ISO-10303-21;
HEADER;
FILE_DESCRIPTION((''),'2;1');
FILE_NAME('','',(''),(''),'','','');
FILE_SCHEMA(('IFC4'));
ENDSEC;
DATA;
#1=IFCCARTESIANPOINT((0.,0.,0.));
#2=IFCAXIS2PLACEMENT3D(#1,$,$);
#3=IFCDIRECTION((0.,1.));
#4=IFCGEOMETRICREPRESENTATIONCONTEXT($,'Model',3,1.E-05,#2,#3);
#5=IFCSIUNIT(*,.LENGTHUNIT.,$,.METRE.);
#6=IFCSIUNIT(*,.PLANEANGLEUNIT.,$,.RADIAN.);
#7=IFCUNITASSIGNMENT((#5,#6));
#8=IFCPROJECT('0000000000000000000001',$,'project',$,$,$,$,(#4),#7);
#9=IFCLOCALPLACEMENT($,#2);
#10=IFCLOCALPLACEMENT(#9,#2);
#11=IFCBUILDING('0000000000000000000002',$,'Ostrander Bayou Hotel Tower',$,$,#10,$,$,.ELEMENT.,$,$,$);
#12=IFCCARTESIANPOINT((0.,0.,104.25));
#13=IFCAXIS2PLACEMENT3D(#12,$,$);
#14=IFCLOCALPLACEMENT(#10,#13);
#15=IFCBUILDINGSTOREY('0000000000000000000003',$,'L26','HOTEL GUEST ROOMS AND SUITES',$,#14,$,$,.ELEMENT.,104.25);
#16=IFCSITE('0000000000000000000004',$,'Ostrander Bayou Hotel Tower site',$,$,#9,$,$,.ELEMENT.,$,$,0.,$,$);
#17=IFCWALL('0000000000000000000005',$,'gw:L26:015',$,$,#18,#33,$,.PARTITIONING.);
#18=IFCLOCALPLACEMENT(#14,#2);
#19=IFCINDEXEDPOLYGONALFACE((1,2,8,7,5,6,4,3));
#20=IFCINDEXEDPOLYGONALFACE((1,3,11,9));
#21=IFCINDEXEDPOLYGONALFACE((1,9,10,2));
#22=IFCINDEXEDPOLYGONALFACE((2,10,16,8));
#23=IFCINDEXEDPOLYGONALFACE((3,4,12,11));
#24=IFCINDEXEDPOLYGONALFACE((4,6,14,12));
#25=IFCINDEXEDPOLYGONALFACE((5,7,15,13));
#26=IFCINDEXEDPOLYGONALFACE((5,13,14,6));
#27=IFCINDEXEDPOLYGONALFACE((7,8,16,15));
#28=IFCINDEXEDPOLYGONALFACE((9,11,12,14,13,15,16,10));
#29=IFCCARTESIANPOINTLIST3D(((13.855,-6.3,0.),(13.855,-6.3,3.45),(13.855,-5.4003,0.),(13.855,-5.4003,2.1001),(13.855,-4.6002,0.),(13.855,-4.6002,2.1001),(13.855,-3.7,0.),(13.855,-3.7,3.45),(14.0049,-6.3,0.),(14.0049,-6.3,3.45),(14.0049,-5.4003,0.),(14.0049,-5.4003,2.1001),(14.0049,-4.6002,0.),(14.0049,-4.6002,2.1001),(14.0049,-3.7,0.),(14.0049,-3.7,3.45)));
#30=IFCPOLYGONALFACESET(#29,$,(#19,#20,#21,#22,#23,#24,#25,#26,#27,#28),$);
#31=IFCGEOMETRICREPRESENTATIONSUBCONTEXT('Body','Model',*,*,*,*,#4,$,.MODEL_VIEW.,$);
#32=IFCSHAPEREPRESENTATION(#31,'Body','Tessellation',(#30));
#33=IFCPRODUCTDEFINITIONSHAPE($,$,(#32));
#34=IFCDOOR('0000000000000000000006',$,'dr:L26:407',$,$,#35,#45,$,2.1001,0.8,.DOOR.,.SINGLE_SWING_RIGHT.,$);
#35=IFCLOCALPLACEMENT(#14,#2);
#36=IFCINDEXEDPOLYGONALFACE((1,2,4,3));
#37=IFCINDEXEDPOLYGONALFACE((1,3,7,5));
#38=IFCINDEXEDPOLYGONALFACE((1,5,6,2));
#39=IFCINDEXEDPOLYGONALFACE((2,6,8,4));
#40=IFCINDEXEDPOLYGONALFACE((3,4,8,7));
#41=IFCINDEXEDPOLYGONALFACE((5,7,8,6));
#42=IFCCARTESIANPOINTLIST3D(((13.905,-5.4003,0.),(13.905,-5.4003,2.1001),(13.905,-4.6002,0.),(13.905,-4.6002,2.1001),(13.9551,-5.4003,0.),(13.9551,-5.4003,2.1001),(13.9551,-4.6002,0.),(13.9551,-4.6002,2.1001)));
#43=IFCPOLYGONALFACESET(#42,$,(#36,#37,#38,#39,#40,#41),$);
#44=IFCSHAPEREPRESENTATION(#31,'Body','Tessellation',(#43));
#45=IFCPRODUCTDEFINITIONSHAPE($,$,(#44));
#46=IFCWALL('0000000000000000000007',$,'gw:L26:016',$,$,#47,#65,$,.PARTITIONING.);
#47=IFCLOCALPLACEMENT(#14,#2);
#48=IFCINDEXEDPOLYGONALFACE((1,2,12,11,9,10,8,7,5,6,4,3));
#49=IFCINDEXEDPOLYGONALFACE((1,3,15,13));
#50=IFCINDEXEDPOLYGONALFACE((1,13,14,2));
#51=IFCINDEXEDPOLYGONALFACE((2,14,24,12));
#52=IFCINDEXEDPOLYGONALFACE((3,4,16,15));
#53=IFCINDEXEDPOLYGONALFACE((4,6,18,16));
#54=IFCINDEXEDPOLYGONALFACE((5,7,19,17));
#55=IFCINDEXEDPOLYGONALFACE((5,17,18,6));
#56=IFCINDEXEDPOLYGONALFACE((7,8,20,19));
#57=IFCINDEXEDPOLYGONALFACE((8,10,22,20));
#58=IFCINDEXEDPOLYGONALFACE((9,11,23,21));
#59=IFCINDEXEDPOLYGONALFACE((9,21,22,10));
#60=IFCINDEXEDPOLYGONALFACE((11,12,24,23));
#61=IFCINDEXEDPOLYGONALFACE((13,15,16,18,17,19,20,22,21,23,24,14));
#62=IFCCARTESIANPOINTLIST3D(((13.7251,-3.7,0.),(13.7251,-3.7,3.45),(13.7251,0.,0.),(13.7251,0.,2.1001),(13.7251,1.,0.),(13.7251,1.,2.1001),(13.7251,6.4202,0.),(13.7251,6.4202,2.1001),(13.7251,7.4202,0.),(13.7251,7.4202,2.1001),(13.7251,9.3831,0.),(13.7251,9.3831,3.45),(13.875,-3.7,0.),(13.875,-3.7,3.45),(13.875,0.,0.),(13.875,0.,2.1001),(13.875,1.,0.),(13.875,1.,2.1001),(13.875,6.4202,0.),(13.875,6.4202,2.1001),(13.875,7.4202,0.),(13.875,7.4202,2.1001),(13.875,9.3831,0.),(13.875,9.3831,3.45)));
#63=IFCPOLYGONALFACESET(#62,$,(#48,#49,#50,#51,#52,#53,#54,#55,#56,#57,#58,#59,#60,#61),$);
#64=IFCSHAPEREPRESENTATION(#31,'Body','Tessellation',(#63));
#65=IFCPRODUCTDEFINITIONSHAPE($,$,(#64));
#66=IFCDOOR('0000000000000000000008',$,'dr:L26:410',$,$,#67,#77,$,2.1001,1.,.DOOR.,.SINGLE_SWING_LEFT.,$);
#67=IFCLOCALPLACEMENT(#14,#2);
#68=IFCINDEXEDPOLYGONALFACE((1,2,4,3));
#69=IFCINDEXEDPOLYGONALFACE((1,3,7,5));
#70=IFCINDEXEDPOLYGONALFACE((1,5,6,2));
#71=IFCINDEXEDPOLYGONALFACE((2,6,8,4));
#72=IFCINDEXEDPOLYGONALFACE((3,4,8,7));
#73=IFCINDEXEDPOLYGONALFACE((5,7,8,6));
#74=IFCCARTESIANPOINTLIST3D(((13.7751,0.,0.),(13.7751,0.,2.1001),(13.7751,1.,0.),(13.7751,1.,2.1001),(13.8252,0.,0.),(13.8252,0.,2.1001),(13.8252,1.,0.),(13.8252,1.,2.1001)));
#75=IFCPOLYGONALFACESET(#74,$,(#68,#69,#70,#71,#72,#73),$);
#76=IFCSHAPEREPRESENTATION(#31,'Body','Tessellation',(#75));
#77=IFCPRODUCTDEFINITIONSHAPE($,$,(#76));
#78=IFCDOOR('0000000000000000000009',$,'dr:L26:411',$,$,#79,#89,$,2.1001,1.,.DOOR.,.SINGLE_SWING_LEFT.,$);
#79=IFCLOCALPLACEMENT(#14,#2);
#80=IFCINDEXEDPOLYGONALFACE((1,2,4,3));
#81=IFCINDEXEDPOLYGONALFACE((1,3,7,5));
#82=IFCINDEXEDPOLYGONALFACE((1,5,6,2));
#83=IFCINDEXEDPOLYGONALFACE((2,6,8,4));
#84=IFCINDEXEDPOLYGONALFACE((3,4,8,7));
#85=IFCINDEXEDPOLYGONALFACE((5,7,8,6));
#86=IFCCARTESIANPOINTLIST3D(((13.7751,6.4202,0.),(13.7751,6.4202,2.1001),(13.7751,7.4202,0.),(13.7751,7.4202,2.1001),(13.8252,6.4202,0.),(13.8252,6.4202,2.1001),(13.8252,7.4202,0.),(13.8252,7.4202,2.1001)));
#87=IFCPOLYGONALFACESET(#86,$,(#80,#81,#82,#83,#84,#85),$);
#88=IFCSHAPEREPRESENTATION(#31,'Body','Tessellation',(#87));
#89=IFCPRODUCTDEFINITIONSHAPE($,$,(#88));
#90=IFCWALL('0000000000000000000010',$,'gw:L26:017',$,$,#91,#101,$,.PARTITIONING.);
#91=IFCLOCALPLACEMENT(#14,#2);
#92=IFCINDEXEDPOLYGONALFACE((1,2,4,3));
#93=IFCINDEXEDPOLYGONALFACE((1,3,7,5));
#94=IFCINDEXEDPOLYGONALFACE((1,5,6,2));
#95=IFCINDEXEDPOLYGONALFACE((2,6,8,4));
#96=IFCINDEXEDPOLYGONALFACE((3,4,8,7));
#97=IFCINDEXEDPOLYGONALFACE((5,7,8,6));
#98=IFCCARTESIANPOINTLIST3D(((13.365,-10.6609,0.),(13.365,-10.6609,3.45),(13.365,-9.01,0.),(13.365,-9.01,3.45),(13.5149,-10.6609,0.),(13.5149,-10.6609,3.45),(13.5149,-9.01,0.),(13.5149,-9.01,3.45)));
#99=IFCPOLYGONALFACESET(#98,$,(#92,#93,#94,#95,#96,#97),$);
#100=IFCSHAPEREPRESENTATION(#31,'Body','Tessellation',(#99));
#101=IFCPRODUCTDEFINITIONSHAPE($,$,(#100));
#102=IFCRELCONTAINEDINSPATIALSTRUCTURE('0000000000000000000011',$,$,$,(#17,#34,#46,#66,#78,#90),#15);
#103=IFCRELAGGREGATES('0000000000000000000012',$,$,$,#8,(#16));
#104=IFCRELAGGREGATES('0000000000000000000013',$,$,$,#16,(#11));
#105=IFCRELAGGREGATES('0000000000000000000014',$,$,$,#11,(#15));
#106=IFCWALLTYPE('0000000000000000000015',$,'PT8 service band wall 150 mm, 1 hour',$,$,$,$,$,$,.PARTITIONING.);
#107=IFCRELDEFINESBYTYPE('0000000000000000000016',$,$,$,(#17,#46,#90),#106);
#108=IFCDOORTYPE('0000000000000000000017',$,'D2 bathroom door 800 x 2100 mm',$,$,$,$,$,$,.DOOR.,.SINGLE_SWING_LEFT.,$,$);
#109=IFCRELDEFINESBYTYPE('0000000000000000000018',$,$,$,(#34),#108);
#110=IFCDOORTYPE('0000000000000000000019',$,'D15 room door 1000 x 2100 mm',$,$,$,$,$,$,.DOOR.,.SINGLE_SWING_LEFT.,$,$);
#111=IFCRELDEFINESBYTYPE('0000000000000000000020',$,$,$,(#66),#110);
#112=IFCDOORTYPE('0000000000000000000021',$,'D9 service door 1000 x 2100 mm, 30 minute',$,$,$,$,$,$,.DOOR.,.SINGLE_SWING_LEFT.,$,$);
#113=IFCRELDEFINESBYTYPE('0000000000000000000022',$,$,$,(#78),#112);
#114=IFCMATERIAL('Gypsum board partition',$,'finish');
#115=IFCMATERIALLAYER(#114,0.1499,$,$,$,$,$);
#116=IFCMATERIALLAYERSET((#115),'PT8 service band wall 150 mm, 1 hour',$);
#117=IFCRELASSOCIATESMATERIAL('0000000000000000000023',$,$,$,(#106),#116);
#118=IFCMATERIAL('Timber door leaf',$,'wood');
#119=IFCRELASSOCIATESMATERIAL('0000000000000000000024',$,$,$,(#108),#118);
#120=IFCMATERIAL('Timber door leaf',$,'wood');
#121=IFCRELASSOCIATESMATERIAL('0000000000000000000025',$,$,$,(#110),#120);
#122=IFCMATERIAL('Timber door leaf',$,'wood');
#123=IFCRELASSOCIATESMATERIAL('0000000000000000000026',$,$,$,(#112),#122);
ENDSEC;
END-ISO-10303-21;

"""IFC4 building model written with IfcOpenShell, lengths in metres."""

from ifc_helpers import new_model, si_unit, direction, frame, frame_2d, origin, place, context, subcontext, project, spatial, rectangle, extrude, material, layer, layer_set, type_object, element, fill, save


model = new_model("IFC4")

# Units and contexts
model_context = context("Model", 3, precision=1e-05, world=origin(), true_north=direction((0.0, 1.0)))
body_context = subcontext(model_context, "Body", "Model", "MODEL_VIEW")
ifc_project = project(units=[si_unit("LENGTHUNIT", "METRE"), si_unit("PLANEANGLEUNIT", "RADIAN")], contexts=[model_context])

# Site, building, storey
site_placement = place(None, origin())
site = spatial("IfcSite", under=ifc_project, at=site_placement, Name="Ostrander Bayou Hotel Tower site", CompositionType="ELEMENT", RefElevation=0.0)
building_placement = place(site_placement, origin())
building = spatial("IfcBuilding", under=site, at=building_placement, Name="Ostrander Bayou Hotel Tower", CompositionType="ELEMENT")
storey_placement = place(building_placement, frame((0.0, 0.0, 104.25)))
storey = spatial("IfcBuildingStorey", under=building, at=storey_placement, Name="L26", Description="HOTEL GUEST ROOMS AND SUITES", CompositionType="ELEMENT", Elevation=104.25)

# Shared definitions
ifc_material_1 = material(Name="Gypsum board partition", Category="finish")
ifc_layer_1 = layer(ifc_material_1, 0.1499)
ifc_layer_set_1 = layer_set([ifc_layer_1], Name="PT8 service band wall 150 mm, 1 hour")
wall_type_1 = type_object("IfcWallType", Name="PT8 service band wall 150 mm, 1 hour", PredefinedType="PARTITIONING", material=ifc_layer_set_1)

# Wall, opening, door
wall_1_placement = place(storey_placement, frame((13.9299, -6.3, 0.0), z_axis=(0.0, 0.0, 1.0), x_axis=(0.0, 1.0, 0.0)))
wall_1 = element("IfcWall", 1, at=wall_1_placement, inside=storey, type_object=wall_type_1, Name="gw:L26:015", PredefinedType="PARTITIONING", context=body_context, shape_type="SweptSolid", body=[
    extrude(rectangle(XDim=2.6001, YDim=0.1499, at=frame_2d((1.3, 0.0))), origin(), (0.0, 0.0, 1.0), 3.45),
])
opening_1_placement = place(wall_1_placement, frame((0.8999, 0.0, 0.0)))
opening_1 = element("IfcOpeningElement", 2, at=opening_1_placement, cuts=wall_1, PredefinedType="OPENING", context=body_context, shape_type="SweptSolid", body=[
    extrude(rectangle(XDim=0.8, YDim=2.1001, at=frame_2d((0.3999, 1.05))), frame((0.0, 0.075, 0.0), z_axis=(0.0, -1.0, 0.0), x_axis=(1.0, 0.0, 0.0)), (0.0, 0.0, 1.0), 0.1499),
])
ifc_material_2 = material(Name="Timber door leaf", Category="wood")
door_type_1 = type_object("IfcDoorType", Name="D2 bathroom door 800 x 2100 mm", OperationType="SINGLE_SWING_LEFT", PredefinedType="DOOR", material=ifc_material_2)
door_1_placement = place(opening_1_placement, origin())
door_1 = element("IfcDoor", 3, at=door_1_placement, inside=storey, type_object=door_type_1, Name="dr:L26:407", OperationType="SINGLE_SWING_RIGHT", OverallHeight=2.1001, OverallWidth=0.8, PredefinedType="DOOR", context=body_context, shape_type="SweptSolid", body=[
    extrude(rectangle(XDim=0.8, YDim=2.1001, at=frame_2d((0.3999, 1.05))), frame((0.0, 0.0249, 0.0), z_axis=(0.0, -1.0, 0.0), x_axis=(1.0, 0.0, 0.0)), (0.0, 0.0, 1.0), 0.05),
])
fill(opening_1, door_1)

# Wall, openings, doors
wall_2_placement = place(storey_placement, frame((13.8, -3.7, 0.0), z_axis=(0.0, 0.0, 1.0), x_axis=(0.0, 1.0, 0.0)))
wall_2 = element("IfcWall", 4, at=wall_2_placement, inside=storey, type_object=wall_type_1, Name="gw:L26:016", PredefinedType="PARTITIONING", context=body_context, shape_type="SweptSolid", body=[
    extrude(rectangle(XDim=13.083, YDim=0.1499, at=frame_2d((6.5415, 0.0))), origin(), (0.0, 0.0, 1.0), 3.45),
])
opening_2_placement = place(wall_2_placement, frame((3.7, 0.0, 0.0)))
opening_2 = element("IfcOpeningElement", 5, at=opening_2_placement, cuts=wall_2, PredefinedType="OPENING", context=body_context, shape_type="SweptSolid", body=[
    extrude(rectangle(XDim=1.0, YDim=2.1001, at=frame_2d((0.5, 1.05))), frame((0.0, 0.075, 0.0), z_axis=(0.0, -1.0, 0.0), x_axis=(1.0, 0.0, 0.0)), (0.0, 0.0, 1.0), 0.1499),
])
opening_3_placement = place(wall_2_placement, frame((10.1201, 0.0, 0.0)))
opening_3 = element("IfcOpeningElement", 6, at=opening_3_placement, cuts=wall_2, PredefinedType="OPENING", context=body_context, shape_type="SweptSolid", body=[
    extrude(rectangle(XDim=1.0, YDim=2.1001, at=frame_2d((0.5, 1.05))), frame((0.0, 0.075, 0.0), z_axis=(0.0, -1.0, 0.0), x_axis=(1.0, 0.0, 0.0)), (0.0, 0.0, 1.0), 0.1499),
])
ifc_material_3 = material(Name="Timber door leaf", Category="wood")
door_type_2 = type_object("IfcDoorType", Name="D15 room door 1000 x 2100 mm", OperationType="SINGLE_SWING_LEFT", PredefinedType="DOOR", material=ifc_material_3)
door_2_placement = place(opening_2_placement, origin())
door_2 = element("IfcDoor", 7, at=door_2_placement, inside=storey, type_object=door_type_2, Name="dr:L26:410", OperationType="SINGLE_SWING_LEFT", OverallHeight=2.1001, OverallWidth=1.0, PredefinedType="DOOR", context=body_context, shape_type="SweptSolid", body=[
    extrude(rectangle(XDim=1.0, YDim=2.1001, at=frame_2d((0.5, 1.05))), frame((0.0, 0.0249, 0.0), z_axis=(0.0, -1.0, 0.0), x_axis=(1.0, 0.0, 0.0)), (0.0, 0.0, 1.0), 0.05),
])
fill(opening_2, door_2)
ifc_material_4 = material(Name="Timber door leaf", Category="wood")
door_type_3 = type_object("IfcDoorType", Name="D9 service door 1000 x 2100 mm, 30 minute", OperationType="SINGLE_SWING_LEFT", PredefinedType="DOOR", material=ifc_material_4)
door_3_placement = place(opening_3_placement, origin())
door_3 = element("IfcDoor", 8, at=door_3_placement, inside=storey, type_object=door_type_3, Name="dr:L26:411", OperationType="SINGLE_SWING_LEFT", OverallHeight=2.1001, OverallWidth=1.0, PredefinedType="DOOR", context=body_context, shape_type="SweptSolid", body=[
    extrude(rectangle(XDim=1.0, YDim=2.1001, at=frame_2d((0.5, 1.05))), frame((0.0, 0.0249, 0.0), z_axis=(0.0, -1.0, 0.0), x_axis=(1.0, 0.0, 0.0)), (0.0, 0.0, 1.0), 0.05),
])
fill(opening_3, door_3)

# Wall
wall_3_placement = place(storey_placement, frame((13.4399, -10.6609, 0.0), z_axis=(0.0, 0.0, 1.0), x_axis=(0.0, 1.0, 0.0)))
element("IfcWall", 9, at=wall_3_placement, inside=storey, type_object=wall_type_1, Name="gw:L26:017", PredefinedType="PARTITIONING", context=body_context, shape_type="SweptSolid", body=[
    extrude(rectangle(XDim=1.6509, YDim=0.1499, at=frame_2d((0.8254, 0.0))), origin(), (0.0, 0.0, 1.0), 3.45),
])

save(model, "model.ifc")
